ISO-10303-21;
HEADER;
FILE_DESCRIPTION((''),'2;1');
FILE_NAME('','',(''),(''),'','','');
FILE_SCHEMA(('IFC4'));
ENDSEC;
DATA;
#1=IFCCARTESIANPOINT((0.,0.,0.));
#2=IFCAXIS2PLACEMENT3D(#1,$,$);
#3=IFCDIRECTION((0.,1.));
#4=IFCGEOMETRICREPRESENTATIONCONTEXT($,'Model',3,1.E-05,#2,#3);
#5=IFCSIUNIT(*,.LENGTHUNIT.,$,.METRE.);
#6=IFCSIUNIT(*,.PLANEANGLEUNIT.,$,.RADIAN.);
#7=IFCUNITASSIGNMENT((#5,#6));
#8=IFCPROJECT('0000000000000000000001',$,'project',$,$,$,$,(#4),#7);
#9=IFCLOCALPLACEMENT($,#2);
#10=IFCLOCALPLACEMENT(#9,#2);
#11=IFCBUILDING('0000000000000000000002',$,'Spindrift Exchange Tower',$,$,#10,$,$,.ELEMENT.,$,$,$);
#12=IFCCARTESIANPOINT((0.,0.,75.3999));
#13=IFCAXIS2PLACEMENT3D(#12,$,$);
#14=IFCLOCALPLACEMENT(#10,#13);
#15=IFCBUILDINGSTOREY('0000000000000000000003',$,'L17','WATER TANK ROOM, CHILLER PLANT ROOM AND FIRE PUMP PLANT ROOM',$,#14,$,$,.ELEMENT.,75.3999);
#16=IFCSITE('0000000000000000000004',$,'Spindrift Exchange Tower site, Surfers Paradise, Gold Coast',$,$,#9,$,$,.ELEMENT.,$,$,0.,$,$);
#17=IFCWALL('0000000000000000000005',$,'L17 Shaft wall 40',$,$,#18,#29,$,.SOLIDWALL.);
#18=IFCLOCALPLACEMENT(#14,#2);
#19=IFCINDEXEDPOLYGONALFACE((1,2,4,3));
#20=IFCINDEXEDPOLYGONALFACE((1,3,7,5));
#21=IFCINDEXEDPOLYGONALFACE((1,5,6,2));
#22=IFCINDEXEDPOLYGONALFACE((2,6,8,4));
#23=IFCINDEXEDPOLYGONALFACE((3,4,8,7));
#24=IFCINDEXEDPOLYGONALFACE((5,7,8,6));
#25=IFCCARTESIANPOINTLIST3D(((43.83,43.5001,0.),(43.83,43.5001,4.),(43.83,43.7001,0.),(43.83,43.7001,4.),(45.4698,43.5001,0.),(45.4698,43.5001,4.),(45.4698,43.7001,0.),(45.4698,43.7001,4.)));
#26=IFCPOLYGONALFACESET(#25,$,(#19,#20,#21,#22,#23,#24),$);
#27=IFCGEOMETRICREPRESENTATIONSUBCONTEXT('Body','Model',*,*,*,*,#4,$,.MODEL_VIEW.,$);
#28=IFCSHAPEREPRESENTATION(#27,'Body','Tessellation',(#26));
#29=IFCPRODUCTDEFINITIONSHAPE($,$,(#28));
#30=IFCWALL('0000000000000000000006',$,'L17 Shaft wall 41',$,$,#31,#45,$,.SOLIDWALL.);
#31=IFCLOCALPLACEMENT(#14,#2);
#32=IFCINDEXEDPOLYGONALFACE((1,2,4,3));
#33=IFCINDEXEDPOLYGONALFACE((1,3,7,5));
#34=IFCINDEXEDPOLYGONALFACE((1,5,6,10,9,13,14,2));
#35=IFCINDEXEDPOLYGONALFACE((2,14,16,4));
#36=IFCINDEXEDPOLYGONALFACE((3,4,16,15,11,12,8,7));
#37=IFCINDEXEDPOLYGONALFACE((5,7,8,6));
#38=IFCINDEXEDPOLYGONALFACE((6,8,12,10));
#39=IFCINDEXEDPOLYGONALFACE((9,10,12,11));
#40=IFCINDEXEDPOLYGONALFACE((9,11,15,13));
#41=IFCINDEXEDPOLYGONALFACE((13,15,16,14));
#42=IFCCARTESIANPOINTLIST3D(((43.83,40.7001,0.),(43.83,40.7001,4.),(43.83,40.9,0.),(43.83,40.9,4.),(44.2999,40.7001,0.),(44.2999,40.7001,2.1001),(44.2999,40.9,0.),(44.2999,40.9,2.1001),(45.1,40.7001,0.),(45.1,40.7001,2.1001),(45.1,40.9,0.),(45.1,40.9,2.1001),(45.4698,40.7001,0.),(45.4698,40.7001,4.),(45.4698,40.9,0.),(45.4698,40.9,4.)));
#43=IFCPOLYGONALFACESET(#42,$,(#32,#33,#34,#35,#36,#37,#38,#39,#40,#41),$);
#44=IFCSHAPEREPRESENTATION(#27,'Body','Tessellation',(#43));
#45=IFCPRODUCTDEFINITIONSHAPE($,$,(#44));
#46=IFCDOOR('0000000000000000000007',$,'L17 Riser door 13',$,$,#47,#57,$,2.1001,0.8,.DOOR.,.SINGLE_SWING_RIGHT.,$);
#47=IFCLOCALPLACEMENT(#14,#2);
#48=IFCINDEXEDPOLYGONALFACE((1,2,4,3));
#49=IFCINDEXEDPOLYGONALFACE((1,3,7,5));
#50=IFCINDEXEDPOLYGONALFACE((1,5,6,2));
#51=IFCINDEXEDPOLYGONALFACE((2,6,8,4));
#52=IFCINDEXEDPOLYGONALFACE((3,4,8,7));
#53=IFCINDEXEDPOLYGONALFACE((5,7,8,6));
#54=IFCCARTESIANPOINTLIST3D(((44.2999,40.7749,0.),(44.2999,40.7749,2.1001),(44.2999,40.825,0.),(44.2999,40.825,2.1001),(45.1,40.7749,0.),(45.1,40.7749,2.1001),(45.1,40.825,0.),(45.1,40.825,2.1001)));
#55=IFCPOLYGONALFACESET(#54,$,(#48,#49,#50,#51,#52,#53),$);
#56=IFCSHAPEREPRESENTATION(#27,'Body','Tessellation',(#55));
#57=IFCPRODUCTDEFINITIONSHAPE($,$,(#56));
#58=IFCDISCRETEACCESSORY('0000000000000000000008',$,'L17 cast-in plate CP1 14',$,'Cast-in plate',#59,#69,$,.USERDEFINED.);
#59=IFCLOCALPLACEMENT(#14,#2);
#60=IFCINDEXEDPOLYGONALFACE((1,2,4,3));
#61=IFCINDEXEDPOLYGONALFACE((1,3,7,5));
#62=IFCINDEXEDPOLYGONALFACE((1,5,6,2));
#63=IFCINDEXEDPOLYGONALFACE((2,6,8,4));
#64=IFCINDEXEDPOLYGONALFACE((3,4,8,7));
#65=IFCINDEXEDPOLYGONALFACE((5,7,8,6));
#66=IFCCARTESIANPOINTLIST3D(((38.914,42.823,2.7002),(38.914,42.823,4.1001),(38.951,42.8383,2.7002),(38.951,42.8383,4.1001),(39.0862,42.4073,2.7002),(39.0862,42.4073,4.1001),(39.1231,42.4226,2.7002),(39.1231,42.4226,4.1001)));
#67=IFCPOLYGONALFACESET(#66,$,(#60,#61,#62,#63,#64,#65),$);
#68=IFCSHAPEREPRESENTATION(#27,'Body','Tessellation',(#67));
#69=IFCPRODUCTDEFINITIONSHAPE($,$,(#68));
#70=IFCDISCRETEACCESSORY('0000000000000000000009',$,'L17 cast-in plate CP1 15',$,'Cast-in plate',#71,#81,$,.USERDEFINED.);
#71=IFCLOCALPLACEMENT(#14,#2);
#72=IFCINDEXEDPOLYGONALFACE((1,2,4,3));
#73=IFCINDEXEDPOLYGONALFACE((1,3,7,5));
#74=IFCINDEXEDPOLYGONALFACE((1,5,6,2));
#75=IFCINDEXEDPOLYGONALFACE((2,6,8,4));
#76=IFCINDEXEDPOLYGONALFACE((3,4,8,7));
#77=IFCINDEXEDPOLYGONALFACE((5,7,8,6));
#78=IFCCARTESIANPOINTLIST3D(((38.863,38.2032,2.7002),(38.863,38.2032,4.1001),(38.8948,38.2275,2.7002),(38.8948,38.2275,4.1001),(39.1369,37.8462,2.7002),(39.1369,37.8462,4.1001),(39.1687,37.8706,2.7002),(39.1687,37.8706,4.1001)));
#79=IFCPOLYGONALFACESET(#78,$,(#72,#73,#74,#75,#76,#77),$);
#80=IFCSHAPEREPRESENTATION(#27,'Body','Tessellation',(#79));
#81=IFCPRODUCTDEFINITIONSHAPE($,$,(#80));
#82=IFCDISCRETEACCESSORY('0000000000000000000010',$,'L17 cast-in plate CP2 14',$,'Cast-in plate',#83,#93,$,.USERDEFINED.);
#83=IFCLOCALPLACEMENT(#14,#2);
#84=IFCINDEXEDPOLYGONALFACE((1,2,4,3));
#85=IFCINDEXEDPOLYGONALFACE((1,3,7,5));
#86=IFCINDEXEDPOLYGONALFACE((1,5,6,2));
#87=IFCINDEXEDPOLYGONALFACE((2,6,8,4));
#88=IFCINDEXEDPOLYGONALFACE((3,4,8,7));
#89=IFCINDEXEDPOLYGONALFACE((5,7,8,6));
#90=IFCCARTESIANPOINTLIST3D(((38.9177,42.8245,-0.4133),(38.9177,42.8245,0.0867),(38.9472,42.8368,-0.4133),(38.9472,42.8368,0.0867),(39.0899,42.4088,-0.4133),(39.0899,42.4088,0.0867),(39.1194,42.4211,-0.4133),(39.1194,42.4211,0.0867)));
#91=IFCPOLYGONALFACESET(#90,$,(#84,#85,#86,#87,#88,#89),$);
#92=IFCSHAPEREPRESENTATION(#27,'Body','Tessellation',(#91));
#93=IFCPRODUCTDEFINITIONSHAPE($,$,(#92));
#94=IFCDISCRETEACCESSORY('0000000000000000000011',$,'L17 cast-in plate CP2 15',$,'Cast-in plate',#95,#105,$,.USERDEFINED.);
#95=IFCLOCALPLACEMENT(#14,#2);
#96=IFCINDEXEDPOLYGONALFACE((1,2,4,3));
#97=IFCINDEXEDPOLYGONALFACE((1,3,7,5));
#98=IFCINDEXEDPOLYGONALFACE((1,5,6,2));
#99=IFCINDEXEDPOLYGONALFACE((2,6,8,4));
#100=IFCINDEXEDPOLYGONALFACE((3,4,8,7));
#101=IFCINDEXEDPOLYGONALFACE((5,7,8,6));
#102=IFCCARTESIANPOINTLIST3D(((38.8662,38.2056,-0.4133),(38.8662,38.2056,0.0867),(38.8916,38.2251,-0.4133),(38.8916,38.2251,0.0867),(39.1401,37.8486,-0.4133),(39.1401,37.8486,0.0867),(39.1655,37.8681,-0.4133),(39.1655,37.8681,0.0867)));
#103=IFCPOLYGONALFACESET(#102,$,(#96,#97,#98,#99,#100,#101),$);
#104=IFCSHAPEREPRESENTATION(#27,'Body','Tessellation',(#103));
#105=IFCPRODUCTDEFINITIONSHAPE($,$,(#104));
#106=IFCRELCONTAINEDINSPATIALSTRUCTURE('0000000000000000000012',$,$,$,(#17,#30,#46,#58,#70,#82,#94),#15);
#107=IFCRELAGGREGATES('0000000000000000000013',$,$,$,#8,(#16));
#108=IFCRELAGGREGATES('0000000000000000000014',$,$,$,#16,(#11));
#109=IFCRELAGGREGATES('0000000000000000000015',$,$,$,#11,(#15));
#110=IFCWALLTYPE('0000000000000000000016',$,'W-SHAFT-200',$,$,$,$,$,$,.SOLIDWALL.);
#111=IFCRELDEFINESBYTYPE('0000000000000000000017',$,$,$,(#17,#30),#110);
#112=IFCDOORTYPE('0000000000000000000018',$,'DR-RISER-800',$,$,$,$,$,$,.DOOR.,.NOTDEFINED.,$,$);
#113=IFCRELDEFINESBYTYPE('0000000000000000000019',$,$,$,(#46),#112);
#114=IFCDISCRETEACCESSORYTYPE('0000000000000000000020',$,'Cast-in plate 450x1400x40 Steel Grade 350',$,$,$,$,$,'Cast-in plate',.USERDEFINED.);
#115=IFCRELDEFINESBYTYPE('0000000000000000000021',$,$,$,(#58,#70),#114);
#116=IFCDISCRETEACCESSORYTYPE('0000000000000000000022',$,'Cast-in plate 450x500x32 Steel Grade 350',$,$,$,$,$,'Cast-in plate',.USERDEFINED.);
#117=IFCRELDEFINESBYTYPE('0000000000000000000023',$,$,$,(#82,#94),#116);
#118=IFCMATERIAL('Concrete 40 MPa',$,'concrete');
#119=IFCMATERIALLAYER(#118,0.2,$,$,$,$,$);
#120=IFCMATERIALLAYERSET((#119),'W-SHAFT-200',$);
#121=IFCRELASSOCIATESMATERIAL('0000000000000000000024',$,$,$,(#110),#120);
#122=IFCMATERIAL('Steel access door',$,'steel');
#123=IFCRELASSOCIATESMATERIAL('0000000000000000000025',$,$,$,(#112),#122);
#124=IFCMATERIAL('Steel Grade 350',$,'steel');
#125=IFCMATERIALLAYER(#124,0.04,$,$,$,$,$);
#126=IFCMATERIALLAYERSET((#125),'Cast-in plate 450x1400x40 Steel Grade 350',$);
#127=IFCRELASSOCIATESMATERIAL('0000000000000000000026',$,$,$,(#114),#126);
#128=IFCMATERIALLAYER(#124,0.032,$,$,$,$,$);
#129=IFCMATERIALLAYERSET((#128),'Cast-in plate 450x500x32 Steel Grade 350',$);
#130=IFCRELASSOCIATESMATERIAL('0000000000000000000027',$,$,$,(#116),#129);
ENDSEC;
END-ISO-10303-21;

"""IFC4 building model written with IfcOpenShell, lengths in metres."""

from ifc_helpers import new_model, si_unit, direction, frame, frame_2d, origin, origin_2d, place, context, subcontext, project, spatial, rectangle, extrude, source, transform, mapped, material, layer, layer_set, type_object, element, fill, save


model = new_model("IFC4")

# Units and contexts
model_context = context("Model", 3, precision=1e-05, world=origin(), true_north=direction((0.0, 1.0)))
body_context = subcontext(model_context, "Body", "Model", "MODEL_VIEW")
ifc_project = project(units=[si_unit("LENGTHUNIT", "METRE"), si_unit("PLANEANGLEUNIT", "RADIAN")], contexts=[model_context])

# Site, building, storey
site_placement = place(None, origin())
site = spatial("IfcSite", under=ifc_project, at=site_placement, Name="Spindrift Exchange Tower site, Surfers Paradise, Gold Coast", CompositionType="ELEMENT", RefElevation=0.0)
building_placement = place(site_placement, origin())
building = spatial("IfcBuilding", under=site, at=building_placement, Name="Spindrift Exchange Tower", CompositionType="ELEMENT")
storey_placement = place(building_placement, frame((0.0, 0.0, 75.3999)))
storey = spatial("IfcBuildingStorey", under=building, at=storey_placement, Name="L17", Description="WATER TANK ROOM, CHILLER PLANT ROOM AND FIRE PUMP PLANT ROOM", CompositionType="ELEMENT", Elevation=75.3999)

# Shared definitions
ifc_material_1 = material(Name="Steel access door", Category="steel")

# Wall
ifc_material_2 = material(Name="Concrete 40 MPa", Category="concrete")
ifc_layer_1 = layer(ifc_material_2, 0.2)
ifc_layer_set_1 = layer_set([ifc_layer_1], Name="W-SHAFT-200")
wall_type_1 = type_object("IfcWallType", Name="W-SHAFT-200", PredefinedType="SOLIDWALL", material=ifc_layer_set_1)
wall_1_placement = place(storey_placement, frame((43.8301, 43.6001, 0.0), z_axis=(0.0, 0.0, 1.0), x_axis=(1.0, 0.0, 0.0)))
element("IfcWall", 1, at=wall_1_placement, inside=storey, type_object=wall_type_1, Name="L17 Shaft wall 40", PredefinedType="SOLIDWALL", context=body_context, shape_type="SweptSolid", body=[
    extrude(rectangle(XDim=1.6399, YDim=0.2, at=frame_2d((0.8198, 0.0))), origin(), (0.0, 0.0, 1.0), 4.0),
])

# Wall, opening, door
wall_2_placement = place(storey_placement, frame((43.8301, 40.8, 0.0), z_axis=(0.0, 0.0, 1.0), x_axis=(1.0, 0.0, 0.0)))
wall_2 = element("IfcWall", 2, at=wall_2_placement, inside=storey, type_object=wall_type_1, Name="L17 Shaft wall 41", PredefinedType="SOLIDWALL", context=body_context, shape_type="SweptSolid", body=[
    extrude(rectangle(XDim=1.6399, YDim=0.2, at=frame_2d((0.8198, 0.0))), origin(), (0.0, 0.0, 1.0), 4.0),
])
opening_1_placement = place(wall_2_placement, frame((0.47, 0.0, 0.0)))
opening_1 = element("IfcOpeningElement", 3, at=opening_1_placement, cuts=wall_2, PredefinedType="OPENING", context=body_context, shape_type="SweptSolid", body=[
    extrude(rectangle(XDim=0.8, YDim=2.1001, at=frame_2d((0.3999, 1.05))), frame((0.0, 0.1099, 0.0), z_axis=(0.0, -1.0, 0.0), x_axis=(1.0, 0.0, 0.0)), (0.0, 0.0, 1.0), 0.22),
])
door_type_1 = type_object("IfcDoorType", Name="DR-RISER-800", OperationType="NOTDEFINED", PredefinedType="DOOR", material=ifc_material_1)
shared_shape_1 = source(origin(), body_context, "Body", "SweptSolid", [
    extrude(rectangle(XDim=0.8, YDim=2.1001, at=frame_2d((0.3999, 1.05))), frame((0.0, 0.0249, 0.0), z_axis=(0.0, -1.0, 0.0), x_axis=(1.0, 0.0, 0.0)), (0.0, 0.0, 1.0), 0.05),
])
door_1_placement = place(opening_1_placement, origin())
door_1 = element("IfcDoor", 4, at=door_1_placement, inside=storey, type_object=door_type_1, Name="L17 Riser door 13", OperationType="SINGLE_SWING_RIGHT", OverallHeight=2.1001, OverallWidth=0.8, PredefinedType="DOOR", context=body_context, shape_type="MappedRepresentation", body=[
    mapped(shared_shape_1, transform((0.0, 0.0, 0.0), scale=1.0)),
])
fill(opening_1, door_1)

# Discrete accessories
ifc_material_3 = material(Name="Steel Grade 350", Category="steel")
ifc_layer_2 = layer(ifc_material_3, 0.04)
ifc_layer_set_2 = layer_set([ifc_layer_2], Name="Cast-in plate 450x1400x40 Steel Grade 350")
discrete_accessory_type_1 = type_object("IfcDiscreteAccessoryType", Name="Cast-in plate 450x1400x40 Steel Grade 350", ElementType="Cast-in plate", PredefinedType="USERDEFINED", material=ifc_layer_set_2)
shared_shape_2 = source(origin(), body_context, "Body", "SweptSolid", [
    extrude(rectangle(XDim=0.04, YDim=0.45, at=origin_2d()), origin(), (0.0, 0.0, 1.0), 1.3999),
])
for number, where, z_axis, x_axis, name in (
    (5, (39.0186, 42.6228, 2.7002), (0.0, 0.0, 1.0), (-0.92388, -0.382683, 0.0), "L17 cast-in plate CP1 14"),
    (6, (39.0159, 38.0369, 2.7002), (0.0, 0.0, 1.0), (-0.793353, -0.608761, 0.0), "L17 cast-in plate CP1 15"),
):
    element("IfcDiscreteAccessory", number, at=place(storey_placement, frame(where, z_axis=z_axis, x_axis=x_axis)), inside=storey, type_object=discrete_accessory_type_1, Name=name, ObjectType="Cast-in plate", PredefinedType="USERDEFINED", context=body_context, shape_type="MappedRepresentation", body=[
        mapped(shared_shape_2, transform((0.0, 0.0, 0.0), scale=1.0)),
    ])
ifc_layer_3 = layer(ifc_material_3, 0.032)
ifc_layer_set_3 = layer_set([ifc_layer_3], Name="Cast-in plate 450x500x32 Steel Grade 350")
discrete_accessory_type_2 = type_object("IfcDiscreteAccessoryType", Name="Cast-in plate 450x500x32 Steel Grade 350", ElementType="Cast-in plate", PredefinedType="USERDEFINED", material=ifc_layer_set_3)
shared_shape_3 = source(origin(), body_context, "Body", "SweptSolid", [
    extrude(rectangle(XDim=0.032, YDim=0.45, at=origin_2d()), origin(), (0.0, 0.0, 1.0), 0.5),
])
for number, where, z_axis, x_axis, name in (
    (7, (39.0186, 42.6228, -0.4133), (0.0, 0.0, 1.0), (-0.92388, -0.382683, 0.0), "L17 cast-in plate CP2 14"),
    (8, (39.0159, 38.0369, -0.4133), (0.0, 0.0, 1.0), (-0.793353, -0.608761, 0.0), "L17 cast-in plate CP2 15"),
):
    element("IfcDiscreteAccessory", number, at=place(storey_placement, frame(where, z_axis=z_axis, x_axis=x_axis)), inside=storey, type_object=discrete_accessory_type_2, Name=name, ObjectType="Cast-in plate", PredefinedType="USERDEFINED", context=body_context, shape_type="MappedRepresentation", body=[
        mapped(shared_shape_3, transform((0.0, 0.0, 0.0), scale=1.0)),
    ])

save(model, "model.ifc")
